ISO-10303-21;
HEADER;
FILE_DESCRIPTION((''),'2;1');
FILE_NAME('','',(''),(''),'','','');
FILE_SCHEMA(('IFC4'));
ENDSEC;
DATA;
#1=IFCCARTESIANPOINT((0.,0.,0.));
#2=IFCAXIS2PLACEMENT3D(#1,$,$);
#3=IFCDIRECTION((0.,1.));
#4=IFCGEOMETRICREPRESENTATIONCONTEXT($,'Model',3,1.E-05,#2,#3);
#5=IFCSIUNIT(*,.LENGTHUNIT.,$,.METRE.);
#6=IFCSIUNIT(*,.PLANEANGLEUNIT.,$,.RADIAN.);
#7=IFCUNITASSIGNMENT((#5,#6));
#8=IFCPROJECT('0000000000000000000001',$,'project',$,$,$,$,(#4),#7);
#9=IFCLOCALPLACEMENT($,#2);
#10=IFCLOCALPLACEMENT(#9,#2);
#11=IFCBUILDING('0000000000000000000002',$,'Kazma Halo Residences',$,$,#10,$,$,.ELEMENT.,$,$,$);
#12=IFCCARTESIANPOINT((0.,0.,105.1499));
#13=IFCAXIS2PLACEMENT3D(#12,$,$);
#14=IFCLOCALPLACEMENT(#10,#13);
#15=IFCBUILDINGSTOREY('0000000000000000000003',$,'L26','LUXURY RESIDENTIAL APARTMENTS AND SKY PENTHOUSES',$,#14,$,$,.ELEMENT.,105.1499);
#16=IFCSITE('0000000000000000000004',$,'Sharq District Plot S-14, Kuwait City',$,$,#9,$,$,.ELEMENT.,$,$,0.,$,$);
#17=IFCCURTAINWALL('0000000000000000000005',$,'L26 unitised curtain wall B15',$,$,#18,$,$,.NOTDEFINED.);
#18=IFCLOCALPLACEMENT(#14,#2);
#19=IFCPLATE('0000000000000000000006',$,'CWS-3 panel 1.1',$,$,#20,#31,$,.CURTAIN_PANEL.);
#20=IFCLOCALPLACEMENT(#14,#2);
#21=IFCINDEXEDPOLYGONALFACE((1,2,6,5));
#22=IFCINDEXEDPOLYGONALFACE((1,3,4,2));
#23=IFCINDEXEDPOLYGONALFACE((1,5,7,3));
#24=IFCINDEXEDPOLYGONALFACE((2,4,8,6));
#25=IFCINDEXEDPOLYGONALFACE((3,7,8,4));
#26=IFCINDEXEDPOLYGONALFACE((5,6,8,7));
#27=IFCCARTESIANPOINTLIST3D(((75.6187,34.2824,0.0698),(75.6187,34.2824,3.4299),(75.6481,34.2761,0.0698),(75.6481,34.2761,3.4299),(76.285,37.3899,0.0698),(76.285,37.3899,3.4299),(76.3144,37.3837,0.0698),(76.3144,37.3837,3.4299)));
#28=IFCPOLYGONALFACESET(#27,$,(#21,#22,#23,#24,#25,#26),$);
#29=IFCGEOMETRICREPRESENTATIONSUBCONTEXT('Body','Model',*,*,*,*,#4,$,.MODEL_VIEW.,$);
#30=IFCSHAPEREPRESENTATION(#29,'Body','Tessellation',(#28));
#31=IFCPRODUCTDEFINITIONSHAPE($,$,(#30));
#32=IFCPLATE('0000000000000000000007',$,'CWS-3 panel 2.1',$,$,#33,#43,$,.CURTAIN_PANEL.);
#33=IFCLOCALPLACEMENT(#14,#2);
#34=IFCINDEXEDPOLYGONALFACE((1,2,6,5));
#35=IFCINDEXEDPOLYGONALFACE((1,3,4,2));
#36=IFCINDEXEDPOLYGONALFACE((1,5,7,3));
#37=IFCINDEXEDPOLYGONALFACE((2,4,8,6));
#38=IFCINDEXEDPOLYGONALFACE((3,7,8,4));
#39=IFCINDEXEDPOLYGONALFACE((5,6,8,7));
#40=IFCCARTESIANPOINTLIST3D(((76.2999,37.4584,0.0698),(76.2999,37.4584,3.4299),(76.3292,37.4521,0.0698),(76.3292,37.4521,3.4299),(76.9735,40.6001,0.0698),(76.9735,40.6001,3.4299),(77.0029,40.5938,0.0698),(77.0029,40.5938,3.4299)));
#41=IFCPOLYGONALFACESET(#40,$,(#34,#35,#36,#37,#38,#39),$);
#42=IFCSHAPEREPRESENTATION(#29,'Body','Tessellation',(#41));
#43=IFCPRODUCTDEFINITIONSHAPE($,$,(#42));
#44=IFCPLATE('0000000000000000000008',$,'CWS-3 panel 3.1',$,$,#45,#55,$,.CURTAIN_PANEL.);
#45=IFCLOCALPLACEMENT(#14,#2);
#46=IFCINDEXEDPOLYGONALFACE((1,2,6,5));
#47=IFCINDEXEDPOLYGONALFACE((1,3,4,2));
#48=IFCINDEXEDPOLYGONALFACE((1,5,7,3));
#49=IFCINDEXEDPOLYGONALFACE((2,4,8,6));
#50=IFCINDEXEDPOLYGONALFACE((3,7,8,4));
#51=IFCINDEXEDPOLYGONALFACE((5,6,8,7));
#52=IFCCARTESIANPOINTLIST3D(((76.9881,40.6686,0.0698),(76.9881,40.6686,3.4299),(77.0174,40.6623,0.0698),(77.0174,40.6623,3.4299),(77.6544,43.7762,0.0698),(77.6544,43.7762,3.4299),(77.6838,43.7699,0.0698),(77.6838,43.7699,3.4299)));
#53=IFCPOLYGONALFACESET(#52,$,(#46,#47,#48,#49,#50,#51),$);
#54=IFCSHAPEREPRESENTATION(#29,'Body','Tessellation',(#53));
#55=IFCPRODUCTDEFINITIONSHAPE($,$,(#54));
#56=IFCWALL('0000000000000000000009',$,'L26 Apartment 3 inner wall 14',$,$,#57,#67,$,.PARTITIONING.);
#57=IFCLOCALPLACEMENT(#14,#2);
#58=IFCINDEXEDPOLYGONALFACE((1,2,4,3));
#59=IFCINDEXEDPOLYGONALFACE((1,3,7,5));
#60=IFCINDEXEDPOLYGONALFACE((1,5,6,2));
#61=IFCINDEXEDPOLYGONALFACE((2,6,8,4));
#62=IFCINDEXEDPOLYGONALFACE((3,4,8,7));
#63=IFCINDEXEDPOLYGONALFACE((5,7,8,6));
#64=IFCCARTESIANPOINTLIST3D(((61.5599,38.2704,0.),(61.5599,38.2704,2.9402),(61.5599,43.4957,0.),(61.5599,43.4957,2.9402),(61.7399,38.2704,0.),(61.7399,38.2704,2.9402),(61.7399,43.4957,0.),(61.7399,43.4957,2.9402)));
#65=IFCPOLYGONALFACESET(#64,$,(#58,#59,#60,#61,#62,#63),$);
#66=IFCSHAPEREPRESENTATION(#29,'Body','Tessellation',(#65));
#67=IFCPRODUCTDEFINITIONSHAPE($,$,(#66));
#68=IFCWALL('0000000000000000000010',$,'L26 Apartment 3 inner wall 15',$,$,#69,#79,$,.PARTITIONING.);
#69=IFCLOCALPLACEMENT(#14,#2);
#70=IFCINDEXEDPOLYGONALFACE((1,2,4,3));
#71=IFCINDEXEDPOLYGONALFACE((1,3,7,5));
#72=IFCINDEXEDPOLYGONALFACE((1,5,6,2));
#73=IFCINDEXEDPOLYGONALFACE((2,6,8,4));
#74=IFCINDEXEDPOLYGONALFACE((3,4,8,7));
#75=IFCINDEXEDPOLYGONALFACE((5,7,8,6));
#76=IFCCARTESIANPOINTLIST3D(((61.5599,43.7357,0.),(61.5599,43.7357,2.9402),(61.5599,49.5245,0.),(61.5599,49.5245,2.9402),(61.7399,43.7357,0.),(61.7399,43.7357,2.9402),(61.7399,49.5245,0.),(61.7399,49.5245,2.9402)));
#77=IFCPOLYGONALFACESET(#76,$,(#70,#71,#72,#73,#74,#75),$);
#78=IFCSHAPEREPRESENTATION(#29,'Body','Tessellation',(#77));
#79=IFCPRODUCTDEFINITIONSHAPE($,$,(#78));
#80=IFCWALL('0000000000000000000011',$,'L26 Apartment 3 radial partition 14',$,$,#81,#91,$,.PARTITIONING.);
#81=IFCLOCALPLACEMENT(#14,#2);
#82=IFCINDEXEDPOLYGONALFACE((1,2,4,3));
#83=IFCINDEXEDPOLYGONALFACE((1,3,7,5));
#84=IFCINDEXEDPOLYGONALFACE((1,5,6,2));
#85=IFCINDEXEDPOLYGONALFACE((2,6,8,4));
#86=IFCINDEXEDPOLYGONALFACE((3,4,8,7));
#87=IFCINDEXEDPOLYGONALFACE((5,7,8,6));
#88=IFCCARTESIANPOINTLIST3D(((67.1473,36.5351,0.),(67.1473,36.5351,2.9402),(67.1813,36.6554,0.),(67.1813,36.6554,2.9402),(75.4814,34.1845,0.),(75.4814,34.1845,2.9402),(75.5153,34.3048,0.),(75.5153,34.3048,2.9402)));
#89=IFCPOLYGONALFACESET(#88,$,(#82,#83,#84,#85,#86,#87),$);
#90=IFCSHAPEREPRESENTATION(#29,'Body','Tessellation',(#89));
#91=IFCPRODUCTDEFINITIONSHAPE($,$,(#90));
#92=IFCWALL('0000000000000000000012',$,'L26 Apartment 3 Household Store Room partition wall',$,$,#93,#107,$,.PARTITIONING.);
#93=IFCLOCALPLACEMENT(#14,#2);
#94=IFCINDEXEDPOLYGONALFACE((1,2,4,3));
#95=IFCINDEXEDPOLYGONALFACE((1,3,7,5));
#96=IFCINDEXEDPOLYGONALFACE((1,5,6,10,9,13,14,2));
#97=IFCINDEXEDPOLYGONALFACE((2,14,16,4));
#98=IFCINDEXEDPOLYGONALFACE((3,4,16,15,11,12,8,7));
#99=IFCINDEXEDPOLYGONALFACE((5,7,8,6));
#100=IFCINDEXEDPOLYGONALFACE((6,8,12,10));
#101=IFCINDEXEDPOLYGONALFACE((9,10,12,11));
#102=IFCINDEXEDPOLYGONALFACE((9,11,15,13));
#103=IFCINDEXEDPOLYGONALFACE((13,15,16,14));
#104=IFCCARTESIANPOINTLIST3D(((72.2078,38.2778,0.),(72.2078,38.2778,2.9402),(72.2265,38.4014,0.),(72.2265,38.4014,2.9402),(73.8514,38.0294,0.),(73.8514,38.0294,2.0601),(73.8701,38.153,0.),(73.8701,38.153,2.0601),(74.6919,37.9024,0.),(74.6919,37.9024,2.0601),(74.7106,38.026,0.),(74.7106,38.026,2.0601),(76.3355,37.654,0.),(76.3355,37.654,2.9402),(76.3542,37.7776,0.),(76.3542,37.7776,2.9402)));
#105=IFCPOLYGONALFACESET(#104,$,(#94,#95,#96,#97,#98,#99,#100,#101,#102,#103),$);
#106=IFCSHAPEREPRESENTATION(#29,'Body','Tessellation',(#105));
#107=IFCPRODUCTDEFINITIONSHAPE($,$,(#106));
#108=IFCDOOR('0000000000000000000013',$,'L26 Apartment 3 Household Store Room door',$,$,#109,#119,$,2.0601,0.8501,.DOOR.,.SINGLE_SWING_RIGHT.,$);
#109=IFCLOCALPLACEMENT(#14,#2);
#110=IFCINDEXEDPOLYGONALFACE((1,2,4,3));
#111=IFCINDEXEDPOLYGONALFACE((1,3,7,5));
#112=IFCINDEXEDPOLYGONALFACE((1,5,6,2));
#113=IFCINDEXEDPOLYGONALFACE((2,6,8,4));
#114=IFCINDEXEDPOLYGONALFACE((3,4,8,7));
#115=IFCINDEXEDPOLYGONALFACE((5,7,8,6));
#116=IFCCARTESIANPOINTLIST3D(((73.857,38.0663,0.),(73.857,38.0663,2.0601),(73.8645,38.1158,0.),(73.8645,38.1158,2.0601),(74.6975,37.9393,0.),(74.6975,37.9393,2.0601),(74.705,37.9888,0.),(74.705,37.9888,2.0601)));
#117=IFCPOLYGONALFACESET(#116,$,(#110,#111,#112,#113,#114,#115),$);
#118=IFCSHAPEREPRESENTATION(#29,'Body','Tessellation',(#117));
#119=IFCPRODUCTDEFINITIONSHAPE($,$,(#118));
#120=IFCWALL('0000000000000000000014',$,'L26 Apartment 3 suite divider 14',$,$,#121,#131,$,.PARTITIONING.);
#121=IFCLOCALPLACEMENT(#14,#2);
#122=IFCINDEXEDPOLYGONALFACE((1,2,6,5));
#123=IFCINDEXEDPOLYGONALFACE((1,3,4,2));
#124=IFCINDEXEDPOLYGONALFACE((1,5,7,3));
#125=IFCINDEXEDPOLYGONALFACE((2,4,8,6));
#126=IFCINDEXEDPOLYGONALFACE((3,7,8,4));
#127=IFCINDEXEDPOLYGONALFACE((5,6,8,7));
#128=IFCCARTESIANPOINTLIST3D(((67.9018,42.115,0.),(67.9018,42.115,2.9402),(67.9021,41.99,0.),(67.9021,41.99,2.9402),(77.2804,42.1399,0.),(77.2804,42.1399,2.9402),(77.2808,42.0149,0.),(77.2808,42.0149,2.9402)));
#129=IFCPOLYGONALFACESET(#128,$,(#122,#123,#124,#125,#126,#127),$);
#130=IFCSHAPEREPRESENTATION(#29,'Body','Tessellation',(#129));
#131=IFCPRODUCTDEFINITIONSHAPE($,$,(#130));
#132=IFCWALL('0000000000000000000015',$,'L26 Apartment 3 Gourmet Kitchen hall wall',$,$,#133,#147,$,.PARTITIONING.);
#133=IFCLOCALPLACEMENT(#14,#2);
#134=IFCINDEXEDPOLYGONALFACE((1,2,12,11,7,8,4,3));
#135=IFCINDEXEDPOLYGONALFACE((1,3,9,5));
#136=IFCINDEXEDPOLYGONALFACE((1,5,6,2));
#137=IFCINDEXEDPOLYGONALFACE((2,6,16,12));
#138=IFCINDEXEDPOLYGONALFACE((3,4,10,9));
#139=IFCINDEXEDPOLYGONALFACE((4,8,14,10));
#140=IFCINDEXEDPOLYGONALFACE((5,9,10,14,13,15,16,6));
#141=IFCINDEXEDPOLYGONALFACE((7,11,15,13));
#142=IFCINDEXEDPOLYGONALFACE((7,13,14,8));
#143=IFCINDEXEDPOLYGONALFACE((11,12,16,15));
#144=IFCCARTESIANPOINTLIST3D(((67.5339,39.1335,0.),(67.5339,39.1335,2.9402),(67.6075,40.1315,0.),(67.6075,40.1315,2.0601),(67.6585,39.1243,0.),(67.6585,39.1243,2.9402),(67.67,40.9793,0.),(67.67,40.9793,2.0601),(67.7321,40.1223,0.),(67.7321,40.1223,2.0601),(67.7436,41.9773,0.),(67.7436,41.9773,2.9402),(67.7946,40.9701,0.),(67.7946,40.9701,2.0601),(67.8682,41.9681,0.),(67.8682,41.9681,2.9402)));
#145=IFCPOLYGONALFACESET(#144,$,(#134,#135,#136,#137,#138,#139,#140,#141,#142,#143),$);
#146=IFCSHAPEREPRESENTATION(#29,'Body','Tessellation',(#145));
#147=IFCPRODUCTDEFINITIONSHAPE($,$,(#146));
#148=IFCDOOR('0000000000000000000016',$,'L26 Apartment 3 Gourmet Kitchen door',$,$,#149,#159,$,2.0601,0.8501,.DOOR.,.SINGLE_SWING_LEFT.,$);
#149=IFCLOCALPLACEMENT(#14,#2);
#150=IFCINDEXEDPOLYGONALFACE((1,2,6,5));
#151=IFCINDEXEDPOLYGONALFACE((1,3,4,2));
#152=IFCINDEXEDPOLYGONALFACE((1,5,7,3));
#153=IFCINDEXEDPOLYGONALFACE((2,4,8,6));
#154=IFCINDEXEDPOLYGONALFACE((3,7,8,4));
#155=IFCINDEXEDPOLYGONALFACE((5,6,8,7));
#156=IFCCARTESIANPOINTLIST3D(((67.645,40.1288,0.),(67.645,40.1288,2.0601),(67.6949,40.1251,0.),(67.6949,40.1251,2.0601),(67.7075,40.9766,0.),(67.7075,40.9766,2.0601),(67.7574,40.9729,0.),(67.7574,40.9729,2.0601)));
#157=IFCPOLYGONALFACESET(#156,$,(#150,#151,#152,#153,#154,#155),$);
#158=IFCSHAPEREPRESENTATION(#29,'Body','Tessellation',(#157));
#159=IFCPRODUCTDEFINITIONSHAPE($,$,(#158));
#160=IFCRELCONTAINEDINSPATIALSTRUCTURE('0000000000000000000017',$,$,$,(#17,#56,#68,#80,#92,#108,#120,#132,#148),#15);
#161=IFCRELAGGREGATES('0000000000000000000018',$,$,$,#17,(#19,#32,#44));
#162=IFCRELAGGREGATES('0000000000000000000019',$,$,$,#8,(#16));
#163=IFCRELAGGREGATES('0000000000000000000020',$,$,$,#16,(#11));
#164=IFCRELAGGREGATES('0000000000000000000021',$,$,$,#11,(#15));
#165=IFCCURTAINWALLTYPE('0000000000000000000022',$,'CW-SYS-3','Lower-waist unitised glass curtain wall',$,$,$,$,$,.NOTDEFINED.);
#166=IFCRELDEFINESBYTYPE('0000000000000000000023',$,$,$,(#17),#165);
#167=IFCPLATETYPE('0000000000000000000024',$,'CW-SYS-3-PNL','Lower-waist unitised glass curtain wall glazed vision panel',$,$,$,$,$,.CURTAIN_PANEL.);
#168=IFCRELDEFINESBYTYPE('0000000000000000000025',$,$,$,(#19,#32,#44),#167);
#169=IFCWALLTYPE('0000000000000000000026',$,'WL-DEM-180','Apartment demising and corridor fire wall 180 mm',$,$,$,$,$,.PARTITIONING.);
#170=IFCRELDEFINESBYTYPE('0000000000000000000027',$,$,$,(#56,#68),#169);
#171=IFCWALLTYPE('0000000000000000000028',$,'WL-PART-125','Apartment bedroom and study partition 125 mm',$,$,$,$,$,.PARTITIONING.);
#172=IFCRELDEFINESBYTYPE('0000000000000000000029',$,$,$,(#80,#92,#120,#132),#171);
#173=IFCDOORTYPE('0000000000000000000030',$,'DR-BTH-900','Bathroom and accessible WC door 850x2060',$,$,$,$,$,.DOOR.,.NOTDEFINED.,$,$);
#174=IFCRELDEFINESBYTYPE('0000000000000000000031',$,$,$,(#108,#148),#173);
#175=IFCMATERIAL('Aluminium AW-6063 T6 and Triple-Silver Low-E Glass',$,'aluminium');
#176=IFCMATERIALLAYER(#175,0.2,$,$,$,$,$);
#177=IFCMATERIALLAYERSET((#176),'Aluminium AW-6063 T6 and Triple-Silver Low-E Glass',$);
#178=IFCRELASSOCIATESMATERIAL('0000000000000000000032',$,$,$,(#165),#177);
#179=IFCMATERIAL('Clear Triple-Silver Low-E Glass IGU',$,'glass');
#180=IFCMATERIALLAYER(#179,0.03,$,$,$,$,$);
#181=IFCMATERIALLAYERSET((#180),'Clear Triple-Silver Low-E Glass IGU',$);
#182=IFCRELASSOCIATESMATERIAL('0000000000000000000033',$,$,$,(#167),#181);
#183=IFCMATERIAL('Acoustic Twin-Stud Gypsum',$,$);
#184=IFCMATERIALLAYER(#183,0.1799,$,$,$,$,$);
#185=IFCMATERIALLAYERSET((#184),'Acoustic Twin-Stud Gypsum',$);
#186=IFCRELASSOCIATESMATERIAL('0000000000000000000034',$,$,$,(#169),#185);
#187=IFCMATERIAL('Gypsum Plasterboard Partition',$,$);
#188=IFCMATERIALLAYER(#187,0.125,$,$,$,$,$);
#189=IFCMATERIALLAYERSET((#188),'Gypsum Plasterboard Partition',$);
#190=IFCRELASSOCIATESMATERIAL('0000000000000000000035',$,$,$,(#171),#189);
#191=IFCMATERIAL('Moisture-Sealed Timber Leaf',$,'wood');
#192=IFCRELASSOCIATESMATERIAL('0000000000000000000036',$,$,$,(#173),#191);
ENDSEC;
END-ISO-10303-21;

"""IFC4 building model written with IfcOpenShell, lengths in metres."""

from ifc_helpers import new_model, si_unit, direction, frame, frame_2d, origin, origin_2d, place, context, subcontext, project, spatial, rectangle, extrude, material, layer, layer_set, type_object, element, fill, aggregate, save


model = new_model("IFC4")

# Units and contexts
model_context = context("Model", 3, precision=1e-05, world=origin(), true_north=direction((0.0, 1.0)))
body_context = subcontext(model_context, "Body", "Model", "MODEL_VIEW")
ifc_project = project(units=[si_unit("LENGTHUNIT", "METRE"), si_unit("PLANEANGLEUNIT", "RADIAN")], contexts=[model_context])

# Site, building, storey
site_placement = place(None, origin())
site = spatial("IfcSite", under=ifc_project, at=site_placement, Name="Sharq District Plot S-14, Kuwait City", CompositionType="ELEMENT", RefElevation=0.0)
building_placement = place(site_placement, origin())
building = spatial("IfcBuilding", under=site, at=building_placement, Name="Kazma Halo Residences", CompositionType="ELEMENT")
storey_placement = place(building_placement, frame((0.0, 0.0, 105.1499)))
storey = spatial("IfcBuildingStorey", under=building, at=storey_placement, Name="L26", Description="LUXURY RESIDENTIAL APARTMENTS AND SKY PENTHOUSES", CompositionType="ELEMENT", Elevation=105.1499)

# Curtain wall, plates
ifc_material_1 = material(Name="Aluminium AW-6063 T6 and Triple-Silver Low-E Glass", Category="aluminium")
ifc_layer_1 = layer(ifc_material_1, 0.2)
ifc_layer_set_1 = layer_set([ifc_layer_1], Name="Aluminium AW-6063 T6 and Triple-Silver Low-E Glass")
curtain_wall_type = type_object("IfcCurtainWallType", Name="CW-SYS-3", Description="Lower-waist unitised glass curtain wall", PredefinedType="NOTDEFINED", material=ifc_layer_set_1)
curtain_wall_placement = place(storey_placement, origin())
curtain_wall = element("IfcCurtainWall", 1, at=curtain_wall_placement, inside=storey, type_object=curtain_wall_type, Name="L26 unitised curtain wall B15", PredefinedType="NOTDEFINED")
ifc_material_2 = material(Name="Clear Triple-Silver Low-E Glass IGU", Category="glass")
ifc_layer_2 = layer(ifc_material_2, 0.03)
ifc_layer_set_2 = layer_set([ifc_layer_2], Name="Clear Triple-Silver Low-E Glass IGU")
plate_type = type_object("IfcPlateType", Name="CW-SYS-3-PNL", Description="Lower-waist unitised glass curtain wall glazed vision panel", PredefinedType="CURTAIN_PANEL", material=ifc_layer_set_2)
plate_1_placement = place(storey_placement, frame((75.9666, 35.833, 0.0698), z_axis=(0.0, 0.0, 1.0), x_axis=(0.209661, 0.977774, 0.0)))
plate_1 = element("IfcPlate", 2, at=plate_1_placement, type_object=plate_type, Name="CWS-3 panel 1.1", PredefinedType="CURTAIN_PANEL", context=body_context, shape_type="SweptSolid", body=[
    extrude(rectangle(XDim=3.1782, YDim=0.03, at=origin_2d()), origin(), (0.0, 0.0, 1.0), 3.3601),
])
plate_2_placement = place(storey_placement, frame((76.6514, 39.0261, 0.0698), z_axis=(0.0, 0.0, 1.0), x_axis=(0.209661, 0.977774, 0.0)))
plate_2 = element("IfcPlate", 3, at=plate_2_placement, type_object=plate_type, Name="CWS-3 panel 2.1", PredefinedType="CURTAIN_PANEL", context=body_context, shape_type="SweptSolid", body=[
    extrude(rectangle(XDim=3.2131, YDim=0.03, at=origin_2d()), origin(), (0.0, 0.0, 1.0), 3.3601),
])
plate_3_placement = place(storey_placement, frame((77.3359, 42.2192, 0.0698), z_axis=(0.0, 0.0, 1.0), x_axis=(0.209661, 0.977774, 0.0)))
plate_3 = element("IfcPlate", 4, at=plate_3_placement, type_object=plate_type, Name="CWS-3 panel 3.1", PredefinedType="CURTAIN_PANEL", context=body_context, shape_type="SweptSolid", body=[
    extrude(rectangle(XDim=3.1782, YDim=0.03, at=origin_2d()), origin(), (0.0, 0.0, 1.0), 3.3601),
])
aggregate(curtain_wall, [plate_1, plate_2, plate_3])

# Walls
ifc_material_3 = material(Name="Acoustic Twin-Stud Gypsum")
ifc_layer_3 = layer(ifc_material_3, 0.1799)
ifc_layer_set_3 = layer_set([ifc_layer_3], Name="Acoustic Twin-Stud Gypsum")
wall_type_1 = type_object("IfcWallType", Name="WL-DEM-180", Description="Apartment demising and corridor fire wall 180 mm", PredefinedType="PARTITIONING", material=ifc_layer_set_3)
wall_1_placement = place(storey_placement, frame((61.6499, 38.2703, 0.0), z_axis=(0.0, 0.0, 1.0), x_axis=(0.0, 1.0, 0.0)))
element("IfcWall", 5, at=wall_1_placement, inside=storey, type_object=wall_type_1, Name="L26 Apartment 3 inner wall 14", PredefinedType="PARTITIONING", context=body_context, shape_type="SweptSolid", body=[
    extrude(rectangle(XDim=5.2253, YDim=0.1799, at=frame_2d((2.6128, 0.0))), origin(), (0.0, 0.0, 1.0), 2.9402),
])
wall_2_placement = place(storey_placement, frame((61.6499, 43.7356, 0.0), z_axis=(0.0, 0.0, 1.0), x_axis=(0.0, 1.0, 0.0)))
element("IfcWall", 6, at=wall_2_placement, inside=storey, type_object=wall_type_1, Name="L26 Apartment 3 inner wall 15", PredefinedType="PARTITIONING", context=body_context, shape_type="SweptSolid", body=[
    extrude(rectangle(XDim=5.7888, YDim=0.1799, at=frame_2d((2.8945, 0.0))), origin(), (0.0, 0.0, 1.0), 2.9402),
])
ifc_material_4 = material(Name="Gypsum Plasterboard Partition")
ifc_layer_4 = layer(ifc_material_4, 0.125)
ifc_layer_set_4 = layer_set([ifc_layer_4], Name="Gypsum Plasterboard Partition")
wall_type_2 = type_object("IfcWallType", Name="WL-PART-125", Description="Apartment bedroom and study partition 125 mm", PredefinedType="PARTITIONING", material=ifc_layer_set_4)
wall_3_placement = place(storey_placement, frame((67.1643, 36.5952, 0.0), z_axis=(0.0, 0.0, 1.0), x_axis=(0.96245, -0.271457, 0.0)))
element("IfcWall", 7, at=wall_3_placement, inside=storey, type_object=wall_type_2, Name="L26 Apartment 3 radial partition 14", PredefinedType="PARTITIONING", context=body_context, shape_type="SweptSolid", body=[
    extrude(rectangle(XDim=8.6592, YDim=0.125, at=frame_2d((4.3296, 0.0))), origin(), (0.0, 0.0, 1.0), 2.9402),
])

# Wall, opening, door
wall_4_placement = place(storey_placement, frame((72.217, 38.3396, 0.0), z_axis=(0.0, 0.0, 1.0), x_axis=(0.988773, -0.149424, 0.0)))
wall_4 = element("IfcWall", 8, at=wall_4_placement, inside=storey, type_object=wall_type_2, Name="L26 Apartment 3 Household Store Room partition wall", PredefinedType="PARTITIONING", context=body_context, shape_type="SweptSolid", body=[
    extrude(rectangle(XDim=4.1746, YDim=0.125, at=frame_2d((2.0874, 0.0))), origin(), (0.0, 0.0, 1.0), 2.9402),
])
opening_1_placement = place(wall_4_placement, frame((1.6624, 0.0, 0.0)))
opening_1 = element("IfcOpeningElement", 9, at=opening_1_placement, cuts=wall_4, PredefinedType="OPENING", context=body_context, shape_type="SweptSolid", body=[
    extrude(rectangle(XDim=0.8501, YDim=2.0601, at=frame_2d((0.425, 1.03))), frame((0.0, 0.0725, 0.0), z_axis=(0.0, -1.0, 0.0), x_axis=(1.0, 0.0, 0.0)), (0.0, 0.0, 1.0), 0.145),
])
ifc_material_5 = material(Name="Moisture-Sealed Timber Leaf", Category="wood")
door_type = type_object("IfcDoorType", Name="DR-BTH-900", Description="Bathroom and accessible WC door 850x2060", OperationType="NOTDEFINED", PredefinedType="DOOR", material=ifc_material_5)
door_1_placement = place(opening_1_placement, origin())
door_1 = element("IfcDoor", 10, at=door_1_placement, inside=storey, type_object=door_type, Name="L26 Apartment 3 Household Store Room door", OperationType="SINGLE_SWING_RIGHT", OverallHeight=2.0601, OverallWidth=0.8501, PredefinedType="DOOR", context=body_context, shape_type="SweptSolid", body=[
    extrude(rectangle(XDim=0.8501, YDim=2.0601, at=frame_2d((0.425, 1.03))), frame((0.0, 0.0249, 0.0), z_axis=(0.0, -1.0, 0.0), x_axis=(1.0, 0.0, 0.0)), (0.0, 0.0, 1.0), 0.05),
])
fill(opening_1, door_1)

# Wall
wall_5_placement = place(storey_placement, frame((67.9019, 42.0525, 0.0), z_axis=(0.0, 0.0, 1.0), x_axis=(0.999996, 0.002655, 0.0)))
element("IfcWall", 11, at=wall_5_placement, inside=storey, type_object=wall_type_2, Name="L26 Apartment 3 suite divider 14", PredefinedType="PARTITIONING", context=body_context, shape_type="SweptSolid", body=[
    extrude(rectangle(XDim=9.3787, YDim=0.125, at=frame_2d((4.6895, 0.0))), origin(), (0.0, 0.0, 1.0), 2.9402),
])

# Wall, opening, door
wall_6_placement = place(storey_placement, frame((67.5962, 39.1289, 0.0), z_axis=(0.0, 0.0, 1.0), x_axis=(0.073547, 0.997292, 0.0)))
wall_6 = element("IfcWall", 12, at=wall_6_placement, inside=storey, type_object=wall_type_2, Name="L26 Apartment 3 Gourmet Kitchen hall wall", PredefinedType="PARTITIONING", context=body_context, shape_type="SweptSolid", body=[
    extrude(rectangle(XDim=2.8516, YDim=0.125, at=frame_2d((1.4258, 0.0))), origin(), (0.0, 0.0, 1.0), 2.9402),
])
opening_2_placement = place(wall_6_placement, frame((1.0007, 0.0, 0.0)))
opening_2 = element("IfcOpeningElement", 13, at=opening_2_placement, cuts=wall_6, PredefinedType="OPENING", context=body_context, shape_type="SweptSolid", body=[
    extrude(rectangle(XDim=0.8501, YDim=2.0601, at=frame_2d((0.425, 1.03))), frame((0.0, 0.0725, 0.0), z_axis=(0.0, -1.0, 0.0), x_axis=(1.0, 0.0, 0.0)), (0.0, 0.0, 1.0), 0.145),
])
door_2_placement = place(opening_2_placement, origin())
door_2 = element("IfcDoor", 14, at=door_2_placement, inside=storey, type_object=door_type, Name="L26 Apartment 3 Gourmet Kitchen door", OperationType="SINGLE_SWING_LEFT", OverallHeight=2.0601, OverallWidth=0.8501, PredefinedType="DOOR", context=body_context, shape_type="SweptSolid", body=[
    extrude(rectangle(XDim=0.8501, YDim=2.0601, at=frame_2d((0.425, 1.03))), frame((0.0, 0.0249, 0.0), z_axis=(0.0, -1.0, 0.0), x_axis=(1.0, 0.0, 0.0)), (0.0, 0.0, 1.0), 0.05),
])
fill(opening_2, door_2)

save(model, "model.ifc")
